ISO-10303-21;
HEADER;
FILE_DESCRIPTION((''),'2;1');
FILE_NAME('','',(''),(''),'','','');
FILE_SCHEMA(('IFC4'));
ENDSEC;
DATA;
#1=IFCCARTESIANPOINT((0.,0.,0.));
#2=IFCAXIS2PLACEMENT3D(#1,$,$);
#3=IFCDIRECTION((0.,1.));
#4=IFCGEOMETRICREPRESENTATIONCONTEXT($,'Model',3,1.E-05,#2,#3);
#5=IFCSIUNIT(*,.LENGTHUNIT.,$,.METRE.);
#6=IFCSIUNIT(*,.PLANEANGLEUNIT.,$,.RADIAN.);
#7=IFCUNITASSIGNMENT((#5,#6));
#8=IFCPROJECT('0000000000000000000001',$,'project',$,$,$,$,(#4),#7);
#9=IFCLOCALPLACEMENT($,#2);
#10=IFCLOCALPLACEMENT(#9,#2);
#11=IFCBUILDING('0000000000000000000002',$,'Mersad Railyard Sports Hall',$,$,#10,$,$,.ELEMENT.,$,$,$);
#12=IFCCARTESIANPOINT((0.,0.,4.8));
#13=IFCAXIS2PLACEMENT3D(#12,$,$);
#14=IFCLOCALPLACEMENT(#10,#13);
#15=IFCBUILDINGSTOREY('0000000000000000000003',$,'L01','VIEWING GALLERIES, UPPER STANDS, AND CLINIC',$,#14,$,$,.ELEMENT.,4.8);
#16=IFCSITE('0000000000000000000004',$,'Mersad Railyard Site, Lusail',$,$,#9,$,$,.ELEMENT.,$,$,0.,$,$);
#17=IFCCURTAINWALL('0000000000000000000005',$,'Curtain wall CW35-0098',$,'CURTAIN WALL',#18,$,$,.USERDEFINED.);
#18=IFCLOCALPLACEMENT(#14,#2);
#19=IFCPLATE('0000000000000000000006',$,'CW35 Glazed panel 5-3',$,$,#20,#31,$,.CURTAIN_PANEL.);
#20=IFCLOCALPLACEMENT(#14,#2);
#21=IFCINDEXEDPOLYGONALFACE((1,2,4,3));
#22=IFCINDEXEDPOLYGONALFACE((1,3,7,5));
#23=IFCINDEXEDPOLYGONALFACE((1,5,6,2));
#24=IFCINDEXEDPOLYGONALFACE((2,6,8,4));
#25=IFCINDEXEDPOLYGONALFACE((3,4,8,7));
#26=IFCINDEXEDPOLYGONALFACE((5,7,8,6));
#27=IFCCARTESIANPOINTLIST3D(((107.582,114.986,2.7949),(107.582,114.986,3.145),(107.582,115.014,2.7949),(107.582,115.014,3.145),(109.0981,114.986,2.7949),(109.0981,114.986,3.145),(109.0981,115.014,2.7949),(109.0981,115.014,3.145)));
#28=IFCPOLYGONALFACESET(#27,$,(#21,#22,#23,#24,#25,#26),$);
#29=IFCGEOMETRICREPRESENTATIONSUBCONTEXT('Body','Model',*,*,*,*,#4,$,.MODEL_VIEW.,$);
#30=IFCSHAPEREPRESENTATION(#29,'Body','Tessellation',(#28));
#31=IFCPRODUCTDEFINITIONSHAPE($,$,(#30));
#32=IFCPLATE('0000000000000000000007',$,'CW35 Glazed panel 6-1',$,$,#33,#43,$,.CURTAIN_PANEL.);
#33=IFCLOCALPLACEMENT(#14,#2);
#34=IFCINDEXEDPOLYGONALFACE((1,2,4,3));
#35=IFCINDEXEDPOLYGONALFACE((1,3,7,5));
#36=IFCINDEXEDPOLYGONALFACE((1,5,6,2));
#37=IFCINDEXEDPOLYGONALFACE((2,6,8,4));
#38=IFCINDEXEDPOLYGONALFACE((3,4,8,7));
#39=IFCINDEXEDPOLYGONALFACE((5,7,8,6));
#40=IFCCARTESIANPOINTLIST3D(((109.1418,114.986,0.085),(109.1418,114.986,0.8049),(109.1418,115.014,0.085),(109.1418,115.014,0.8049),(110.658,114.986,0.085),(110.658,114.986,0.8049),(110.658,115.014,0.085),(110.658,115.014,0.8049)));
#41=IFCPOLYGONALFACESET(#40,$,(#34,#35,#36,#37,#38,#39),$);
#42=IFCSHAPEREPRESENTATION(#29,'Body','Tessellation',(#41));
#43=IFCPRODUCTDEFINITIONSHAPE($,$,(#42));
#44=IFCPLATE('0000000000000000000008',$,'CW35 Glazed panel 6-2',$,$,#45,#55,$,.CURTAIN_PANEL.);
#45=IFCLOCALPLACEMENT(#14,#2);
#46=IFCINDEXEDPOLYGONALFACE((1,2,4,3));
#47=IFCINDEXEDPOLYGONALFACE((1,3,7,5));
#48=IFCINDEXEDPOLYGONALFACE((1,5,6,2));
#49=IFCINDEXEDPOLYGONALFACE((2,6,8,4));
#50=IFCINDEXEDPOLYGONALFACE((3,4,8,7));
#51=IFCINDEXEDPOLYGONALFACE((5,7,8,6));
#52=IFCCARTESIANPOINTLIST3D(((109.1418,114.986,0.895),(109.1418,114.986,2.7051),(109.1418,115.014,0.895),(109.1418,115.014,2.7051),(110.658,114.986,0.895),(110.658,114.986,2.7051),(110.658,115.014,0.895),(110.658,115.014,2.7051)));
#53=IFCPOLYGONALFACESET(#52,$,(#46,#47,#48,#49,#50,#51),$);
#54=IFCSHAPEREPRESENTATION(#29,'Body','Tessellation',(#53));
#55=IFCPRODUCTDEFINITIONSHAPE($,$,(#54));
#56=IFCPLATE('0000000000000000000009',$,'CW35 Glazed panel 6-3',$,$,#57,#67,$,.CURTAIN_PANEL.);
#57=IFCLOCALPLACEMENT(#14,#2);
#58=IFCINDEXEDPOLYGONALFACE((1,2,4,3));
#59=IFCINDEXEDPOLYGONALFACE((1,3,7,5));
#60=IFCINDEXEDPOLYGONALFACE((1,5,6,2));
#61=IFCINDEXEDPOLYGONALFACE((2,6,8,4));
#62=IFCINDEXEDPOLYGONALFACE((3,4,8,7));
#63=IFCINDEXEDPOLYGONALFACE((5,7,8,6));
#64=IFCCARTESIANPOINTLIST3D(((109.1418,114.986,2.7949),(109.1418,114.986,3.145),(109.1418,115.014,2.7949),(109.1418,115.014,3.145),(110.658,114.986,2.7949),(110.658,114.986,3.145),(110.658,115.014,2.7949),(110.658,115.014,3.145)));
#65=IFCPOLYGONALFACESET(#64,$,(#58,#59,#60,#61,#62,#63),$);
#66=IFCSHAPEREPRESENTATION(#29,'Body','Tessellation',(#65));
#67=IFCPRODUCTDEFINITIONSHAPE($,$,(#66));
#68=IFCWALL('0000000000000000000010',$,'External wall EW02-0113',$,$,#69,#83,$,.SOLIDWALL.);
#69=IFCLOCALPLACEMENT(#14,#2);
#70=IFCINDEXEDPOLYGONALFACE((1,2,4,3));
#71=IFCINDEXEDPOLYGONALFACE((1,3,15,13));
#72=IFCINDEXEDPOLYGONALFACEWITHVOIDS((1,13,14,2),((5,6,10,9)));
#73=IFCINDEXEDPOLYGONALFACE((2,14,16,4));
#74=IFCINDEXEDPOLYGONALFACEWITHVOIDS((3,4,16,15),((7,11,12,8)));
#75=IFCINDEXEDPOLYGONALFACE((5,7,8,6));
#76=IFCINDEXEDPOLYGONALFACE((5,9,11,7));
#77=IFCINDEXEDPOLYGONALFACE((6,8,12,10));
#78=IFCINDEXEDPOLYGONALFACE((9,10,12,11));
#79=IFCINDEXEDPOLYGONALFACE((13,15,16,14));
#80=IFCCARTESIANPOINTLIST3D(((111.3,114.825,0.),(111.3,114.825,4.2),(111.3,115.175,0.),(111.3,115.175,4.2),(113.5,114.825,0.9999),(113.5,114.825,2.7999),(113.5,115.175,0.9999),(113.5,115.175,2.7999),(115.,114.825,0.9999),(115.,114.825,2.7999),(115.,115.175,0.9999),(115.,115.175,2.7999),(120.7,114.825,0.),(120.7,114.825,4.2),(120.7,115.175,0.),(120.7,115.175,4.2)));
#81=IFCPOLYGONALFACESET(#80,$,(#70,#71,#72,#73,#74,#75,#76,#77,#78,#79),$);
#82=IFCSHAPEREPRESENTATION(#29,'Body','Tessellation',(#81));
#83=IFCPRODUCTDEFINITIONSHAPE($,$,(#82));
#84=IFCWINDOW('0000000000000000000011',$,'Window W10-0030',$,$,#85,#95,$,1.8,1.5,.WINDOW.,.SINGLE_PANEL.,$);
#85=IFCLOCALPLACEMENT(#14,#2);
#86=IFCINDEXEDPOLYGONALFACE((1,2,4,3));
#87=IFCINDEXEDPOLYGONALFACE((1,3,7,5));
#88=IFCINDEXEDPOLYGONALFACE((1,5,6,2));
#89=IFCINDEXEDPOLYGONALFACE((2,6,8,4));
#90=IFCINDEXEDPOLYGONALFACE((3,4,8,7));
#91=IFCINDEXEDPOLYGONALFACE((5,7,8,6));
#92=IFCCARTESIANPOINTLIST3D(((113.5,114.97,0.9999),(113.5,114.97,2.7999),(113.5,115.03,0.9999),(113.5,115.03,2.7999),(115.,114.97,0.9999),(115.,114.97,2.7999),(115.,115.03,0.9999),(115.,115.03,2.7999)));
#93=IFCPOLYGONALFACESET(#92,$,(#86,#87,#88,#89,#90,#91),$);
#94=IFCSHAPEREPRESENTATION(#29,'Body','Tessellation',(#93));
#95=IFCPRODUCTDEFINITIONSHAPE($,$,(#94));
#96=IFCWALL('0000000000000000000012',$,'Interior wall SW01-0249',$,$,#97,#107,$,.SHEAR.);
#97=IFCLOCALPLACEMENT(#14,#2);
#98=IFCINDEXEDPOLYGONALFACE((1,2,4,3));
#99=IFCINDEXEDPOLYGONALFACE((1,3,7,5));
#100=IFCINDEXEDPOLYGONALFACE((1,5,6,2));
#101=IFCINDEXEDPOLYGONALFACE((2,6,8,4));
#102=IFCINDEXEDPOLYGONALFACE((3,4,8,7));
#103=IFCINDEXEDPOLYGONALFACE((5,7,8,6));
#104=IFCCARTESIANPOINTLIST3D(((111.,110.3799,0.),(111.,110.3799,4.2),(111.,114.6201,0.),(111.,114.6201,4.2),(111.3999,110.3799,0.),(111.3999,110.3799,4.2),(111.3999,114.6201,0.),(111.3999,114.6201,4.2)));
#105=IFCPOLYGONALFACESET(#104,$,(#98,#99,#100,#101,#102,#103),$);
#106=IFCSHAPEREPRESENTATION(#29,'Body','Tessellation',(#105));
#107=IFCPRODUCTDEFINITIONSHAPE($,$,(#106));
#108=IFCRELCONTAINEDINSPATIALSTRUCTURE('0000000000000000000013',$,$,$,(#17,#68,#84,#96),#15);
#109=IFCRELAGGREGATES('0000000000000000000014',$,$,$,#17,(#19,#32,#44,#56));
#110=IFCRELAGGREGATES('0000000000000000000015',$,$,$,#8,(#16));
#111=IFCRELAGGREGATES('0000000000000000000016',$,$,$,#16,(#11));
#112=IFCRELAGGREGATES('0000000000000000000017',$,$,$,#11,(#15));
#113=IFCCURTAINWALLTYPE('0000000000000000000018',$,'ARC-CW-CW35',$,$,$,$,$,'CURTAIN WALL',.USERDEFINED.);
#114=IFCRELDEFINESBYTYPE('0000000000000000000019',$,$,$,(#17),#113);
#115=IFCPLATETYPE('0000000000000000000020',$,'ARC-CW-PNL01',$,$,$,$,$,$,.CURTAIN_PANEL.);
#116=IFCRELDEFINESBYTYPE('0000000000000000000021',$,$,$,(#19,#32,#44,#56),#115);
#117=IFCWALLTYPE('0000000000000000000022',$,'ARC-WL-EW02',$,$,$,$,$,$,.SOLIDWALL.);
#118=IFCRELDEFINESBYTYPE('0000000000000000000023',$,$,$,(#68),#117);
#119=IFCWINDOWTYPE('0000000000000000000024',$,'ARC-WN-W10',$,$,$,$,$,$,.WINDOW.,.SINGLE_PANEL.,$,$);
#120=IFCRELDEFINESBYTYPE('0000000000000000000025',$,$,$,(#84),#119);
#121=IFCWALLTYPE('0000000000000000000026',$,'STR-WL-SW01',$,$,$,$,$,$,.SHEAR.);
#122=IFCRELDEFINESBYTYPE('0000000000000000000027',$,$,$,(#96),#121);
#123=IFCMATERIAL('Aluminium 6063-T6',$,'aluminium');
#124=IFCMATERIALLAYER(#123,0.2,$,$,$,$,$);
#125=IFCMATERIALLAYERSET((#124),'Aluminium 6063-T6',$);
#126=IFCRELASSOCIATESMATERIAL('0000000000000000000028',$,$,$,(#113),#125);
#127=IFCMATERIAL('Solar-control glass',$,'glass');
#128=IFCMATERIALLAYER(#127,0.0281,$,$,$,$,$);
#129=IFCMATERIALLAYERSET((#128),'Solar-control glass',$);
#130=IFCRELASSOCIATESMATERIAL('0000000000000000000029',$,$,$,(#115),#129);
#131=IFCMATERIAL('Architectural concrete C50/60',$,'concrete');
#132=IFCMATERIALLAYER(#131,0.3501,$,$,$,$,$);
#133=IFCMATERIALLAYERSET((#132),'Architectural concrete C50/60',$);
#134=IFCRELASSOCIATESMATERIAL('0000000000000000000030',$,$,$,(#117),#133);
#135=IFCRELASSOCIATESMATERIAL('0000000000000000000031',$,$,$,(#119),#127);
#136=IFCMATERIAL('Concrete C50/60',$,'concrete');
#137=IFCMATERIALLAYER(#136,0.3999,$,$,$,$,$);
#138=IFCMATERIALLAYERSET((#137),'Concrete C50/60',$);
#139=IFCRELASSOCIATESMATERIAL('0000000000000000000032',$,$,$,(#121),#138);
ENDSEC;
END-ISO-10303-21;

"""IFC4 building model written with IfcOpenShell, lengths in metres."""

from ifc_helpers import new_model, si_unit, direction, frame, frame_2d, origin, origin_2d, place, context, subcontext, project, spatial, rectangle, extrude, material, layer, layer_set, type_object, element, fill, aggregate, save


model = new_model("IFC4")

# Units and contexts
model_context = context("Model", 3, precision=1e-05, world=origin(), true_north=direction((0.0, 1.0)))
body_context = subcontext(model_context, "Body", "Model", "MODEL_VIEW")
ifc_project = project(units=[si_unit("LENGTHUNIT", "METRE"), si_unit("PLANEANGLEUNIT", "RADIAN")], contexts=[model_context])

# Site, building, storey
site_placement = place(None, origin())
site = spatial("IfcSite", under=ifc_project, at=site_placement, Name="Mersad Railyard Site, Lusail", CompositionType="ELEMENT", RefElevation=0.0)
building_placement = place(site_placement, origin())
building = spatial("IfcBuilding", under=site, at=building_placement, Name="Mersad Railyard Sports Hall", CompositionType="ELEMENT")
storey_placement = place(building_placement, frame((0.0, 0.0, 4.8)))
storey = spatial("IfcBuildingStorey", under=building, at=storey_placement, Name="L01", Description="VIEWING GALLERIES, UPPER STANDS, AND CLINIC", CompositionType="ELEMENT", Elevation=4.8)

# Shared definitions
ifc_material_1 = material(Name="Concrete C50/60", Category="concrete")

# Curtain wall
ifc_material_2 = material(Name="Aluminium 6063-T6", Category="aluminium")
ifc_layer_1 = layer(ifc_material_2, 0.2)
ifc_layer_set_1 = layer_set([ifc_layer_1], Name="Aluminium 6063-T6")
curtain_wall_type = type_object("IfcCurtainWallType", Name="ARC-CW-CW35", ElementType="CURTAIN WALL", PredefinedType="USERDEFINED", material=ifc_layer_set_1)
curtain_wall_placement = place(storey_placement, origin())
curtain_wall = element("IfcCurtainWall", 1, at=curtain_wall_placement, inside=storey, type_object=curtain_wall_type, Name="Curtain wall CW35-0098", ObjectType="CURTAIN WALL", PredefinedType="USERDEFINED")

# Plates
ifc_material_3 = material(Name="Solar-control glass", Category="glass")
ifc_layer_2 = layer(ifc_material_3, 0.0281)
ifc_layer_set_2 = layer_set([ifc_layer_2], Name="Solar-control glass")
plate_type = type_object("IfcPlateType", Name="ARC-CW-PNL01", PredefinedType="CURTAIN_PANEL", material=ifc_layer_set_2)
plate_1_placement = place(storey_placement, frame((108.3401, 115.0, 2.7949), z_axis=(0.0, 0.0, 1.0), x_axis=(1.0, 0.0, 0.0)))
plate_1 = element("IfcPlate", 2, at=plate_1_placement, type_object=plate_type, Name="CW35 Glazed panel 5-3", PredefinedType="CURTAIN_PANEL", context=body_context, shape_type="SweptSolid", body=[
    extrude(rectangle(XDim=1.5161, YDim=0.0281, at=origin_2d()), origin(), (0.0, 0.0, 1.0), 0.3501),
])
plate_2_placement = place(storey_placement, frame((109.8999, 115.0, 0.085), z_axis=(0.0, 0.0, 1.0), x_axis=(1.0, 0.0, 0.0)))
plate_2 = element("IfcPlate", 3, at=plate_2_placement, type_object=plate_type, Name="CW35 Glazed panel 6-1", PredefinedType="CURTAIN_PANEL", context=body_context, shape_type="SweptSolid", body=[
    extrude(rectangle(XDim=1.5161, YDim=0.0281, at=origin_2d()), origin(), (0.0, 0.0, 1.0), 0.72),
])
plate_3_placement = place(storey_placement, frame((109.8999, 115.0, 0.895), z_axis=(0.0, 0.0, 1.0), x_axis=(1.0, 0.0, 0.0)))
plate_3 = element("IfcPlate", 4, at=plate_3_placement, type_object=plate_type, Name="CW35 Glazed panel 6-2", PredefinedType="CURTAIN_PANEL", context=body_context, shape_type="SweptSolid", body=[
    extrude(rectangle(XDim=1.5161, YDim=0.0281, at=origin_2d()), origin(), (0.0, 0.0, 1.0), 1.8101),
])
plate_4_placement = place(storey_placement, frame((109.8999, 115.0, 2.7949), z_axis=(0.0, 0.0, 1.0), x_axis=(1.0, 0.0, 0.0)))
plate_4 = element("IfcPlate", 5, at=plate_4_placement, type_object=plate_type, Name="CW35 Glazed panel 6-3", PredefinedType="CURTAIN_PANEL", context=body_context, shape_type="SweptSolid", body=[
    extrude(rectangle(XDim=1.5161, YDim=0.0281, at=origin_2d()), origin(), (0.0, 0.0, 1.0), 0.3501),
])
aggregate(curtain_wall, [plate_1, plate_2, plate_3, plate_4])

# Wall, opening, window
ifc_material_4 = material(Name="Architectural concrete C50/60", Category="concrete")
ifc_layer_3 = layer(ifc_material_4, 0.3501)
ifc_layer_set_3 = layer_set([ifc_layer_3], Name="Architectural concrete C50/60")
wall_type_1 = type_object("IfcWallType", Name="ARC-WL-EW02", PredefinedType="SOLIDWALL", material=ifc_layer_set_3)
wall_1_placement = place(storey_placement, frame((111.3, 115.0, 0.0), z_axis=(0.0, 0.0, 1.0), x_axis=(1.0, 0.0, 0.0)))
wall_1 = element("IfcWall", 6, at=wall_1_placement, inside=storey, type_object=wall_type_1, Name="External wall EW02-0113", PredefinedType="SOLIDWALL", context=body_context, shape_type="SweptSolid", body=[
    extrude(rectangle(XDim=9.3999, YDim=0.3501, at=frame_2d((4.7, 0.0))), origin(), (0.0, 0.0, 1.0), 4.2),
])
opening_placement = place(wall_1_placement, frame((2.2, 0.0, 1.0)))
opening = element("IfcOpeningElement", 7, at=opening_placement, cuts=wall_1, PredefinedType="OPENING", context=body_context, shape_type="SweptSolid", body=[
    extrude(rectangle(XDim=1.5, YDim=1.8, at=frame_2d((0.75, 0.8999))), frame((0.0, 0.1851, 0.0), z_axis=(0.0, -1.0, 0.0), x_axis=(1.0, 0.0, 0.0)), (0.0, 0.0, 1.0), 0.3701),
])
window_type = type_object("IfcWindowType", Name="ARC-WN-W10", PartitioningType="SINGLE_PANEL", PredefinedType="WINDOW", material=ifc_material_3)
window_placement = place(opening_placement, origin())
window = element("IfcWindow", 8, at=window_placement, inside=storey, type_object=window_type, Name="Window W10-0030", OverallHeight=1.8, OverallWidth=1.5, PartitioningType="SINGLE_PANEL", PredefinedType="WINDOW", context=body_context, shape_type="SweptSolid", body=[
    extrude(rectangle(XDim=1.5, YDim=1.8, at=frame_2d((0.75, 0.8999))), frame((0.0, 0.03, 0.0), z_axis=(0.0, -1.0, 0.0), x_axis=(1.0, 0.0, 0.0)), (0.0, 0.0, 1.0), 0.0601),
])
fill(opening, window)

# Wall
ifc_layer_4 = layer(ifc_material_1, 0.3999)
ifc_layer_set_4 = layer_set([ifc_layer_4], Name="Concrete C50/60")
wall_type_2 = type_object("IfcWallType", Name="STR-WL-SW01", PredefinedType="SHEAR", material=ifc_layer_set_4)
wall_2_placement = place(storey_placement, frame((111.2, 114.6201, 0.0), z_axis=(0.0, 0.0, 1.0), x_axis=(0.0, -1.0, 0.0)))
element("IfcWall", 9, at=wall_2_placement, inside=storey, type_object=wall_type_2, Name="Interior wall SW01-0249", PredefinedType="SHEAR", context=body_context, shape_type="SweptSolid", body=[
    extrude(rectangle(XDim=4.2402, YDim=0.3999, at=frame_2d((2.1201, 0.0))), origin(), (0.0, 0.0, 1.0), 4.2),
])

save(model, "model.ifc")
